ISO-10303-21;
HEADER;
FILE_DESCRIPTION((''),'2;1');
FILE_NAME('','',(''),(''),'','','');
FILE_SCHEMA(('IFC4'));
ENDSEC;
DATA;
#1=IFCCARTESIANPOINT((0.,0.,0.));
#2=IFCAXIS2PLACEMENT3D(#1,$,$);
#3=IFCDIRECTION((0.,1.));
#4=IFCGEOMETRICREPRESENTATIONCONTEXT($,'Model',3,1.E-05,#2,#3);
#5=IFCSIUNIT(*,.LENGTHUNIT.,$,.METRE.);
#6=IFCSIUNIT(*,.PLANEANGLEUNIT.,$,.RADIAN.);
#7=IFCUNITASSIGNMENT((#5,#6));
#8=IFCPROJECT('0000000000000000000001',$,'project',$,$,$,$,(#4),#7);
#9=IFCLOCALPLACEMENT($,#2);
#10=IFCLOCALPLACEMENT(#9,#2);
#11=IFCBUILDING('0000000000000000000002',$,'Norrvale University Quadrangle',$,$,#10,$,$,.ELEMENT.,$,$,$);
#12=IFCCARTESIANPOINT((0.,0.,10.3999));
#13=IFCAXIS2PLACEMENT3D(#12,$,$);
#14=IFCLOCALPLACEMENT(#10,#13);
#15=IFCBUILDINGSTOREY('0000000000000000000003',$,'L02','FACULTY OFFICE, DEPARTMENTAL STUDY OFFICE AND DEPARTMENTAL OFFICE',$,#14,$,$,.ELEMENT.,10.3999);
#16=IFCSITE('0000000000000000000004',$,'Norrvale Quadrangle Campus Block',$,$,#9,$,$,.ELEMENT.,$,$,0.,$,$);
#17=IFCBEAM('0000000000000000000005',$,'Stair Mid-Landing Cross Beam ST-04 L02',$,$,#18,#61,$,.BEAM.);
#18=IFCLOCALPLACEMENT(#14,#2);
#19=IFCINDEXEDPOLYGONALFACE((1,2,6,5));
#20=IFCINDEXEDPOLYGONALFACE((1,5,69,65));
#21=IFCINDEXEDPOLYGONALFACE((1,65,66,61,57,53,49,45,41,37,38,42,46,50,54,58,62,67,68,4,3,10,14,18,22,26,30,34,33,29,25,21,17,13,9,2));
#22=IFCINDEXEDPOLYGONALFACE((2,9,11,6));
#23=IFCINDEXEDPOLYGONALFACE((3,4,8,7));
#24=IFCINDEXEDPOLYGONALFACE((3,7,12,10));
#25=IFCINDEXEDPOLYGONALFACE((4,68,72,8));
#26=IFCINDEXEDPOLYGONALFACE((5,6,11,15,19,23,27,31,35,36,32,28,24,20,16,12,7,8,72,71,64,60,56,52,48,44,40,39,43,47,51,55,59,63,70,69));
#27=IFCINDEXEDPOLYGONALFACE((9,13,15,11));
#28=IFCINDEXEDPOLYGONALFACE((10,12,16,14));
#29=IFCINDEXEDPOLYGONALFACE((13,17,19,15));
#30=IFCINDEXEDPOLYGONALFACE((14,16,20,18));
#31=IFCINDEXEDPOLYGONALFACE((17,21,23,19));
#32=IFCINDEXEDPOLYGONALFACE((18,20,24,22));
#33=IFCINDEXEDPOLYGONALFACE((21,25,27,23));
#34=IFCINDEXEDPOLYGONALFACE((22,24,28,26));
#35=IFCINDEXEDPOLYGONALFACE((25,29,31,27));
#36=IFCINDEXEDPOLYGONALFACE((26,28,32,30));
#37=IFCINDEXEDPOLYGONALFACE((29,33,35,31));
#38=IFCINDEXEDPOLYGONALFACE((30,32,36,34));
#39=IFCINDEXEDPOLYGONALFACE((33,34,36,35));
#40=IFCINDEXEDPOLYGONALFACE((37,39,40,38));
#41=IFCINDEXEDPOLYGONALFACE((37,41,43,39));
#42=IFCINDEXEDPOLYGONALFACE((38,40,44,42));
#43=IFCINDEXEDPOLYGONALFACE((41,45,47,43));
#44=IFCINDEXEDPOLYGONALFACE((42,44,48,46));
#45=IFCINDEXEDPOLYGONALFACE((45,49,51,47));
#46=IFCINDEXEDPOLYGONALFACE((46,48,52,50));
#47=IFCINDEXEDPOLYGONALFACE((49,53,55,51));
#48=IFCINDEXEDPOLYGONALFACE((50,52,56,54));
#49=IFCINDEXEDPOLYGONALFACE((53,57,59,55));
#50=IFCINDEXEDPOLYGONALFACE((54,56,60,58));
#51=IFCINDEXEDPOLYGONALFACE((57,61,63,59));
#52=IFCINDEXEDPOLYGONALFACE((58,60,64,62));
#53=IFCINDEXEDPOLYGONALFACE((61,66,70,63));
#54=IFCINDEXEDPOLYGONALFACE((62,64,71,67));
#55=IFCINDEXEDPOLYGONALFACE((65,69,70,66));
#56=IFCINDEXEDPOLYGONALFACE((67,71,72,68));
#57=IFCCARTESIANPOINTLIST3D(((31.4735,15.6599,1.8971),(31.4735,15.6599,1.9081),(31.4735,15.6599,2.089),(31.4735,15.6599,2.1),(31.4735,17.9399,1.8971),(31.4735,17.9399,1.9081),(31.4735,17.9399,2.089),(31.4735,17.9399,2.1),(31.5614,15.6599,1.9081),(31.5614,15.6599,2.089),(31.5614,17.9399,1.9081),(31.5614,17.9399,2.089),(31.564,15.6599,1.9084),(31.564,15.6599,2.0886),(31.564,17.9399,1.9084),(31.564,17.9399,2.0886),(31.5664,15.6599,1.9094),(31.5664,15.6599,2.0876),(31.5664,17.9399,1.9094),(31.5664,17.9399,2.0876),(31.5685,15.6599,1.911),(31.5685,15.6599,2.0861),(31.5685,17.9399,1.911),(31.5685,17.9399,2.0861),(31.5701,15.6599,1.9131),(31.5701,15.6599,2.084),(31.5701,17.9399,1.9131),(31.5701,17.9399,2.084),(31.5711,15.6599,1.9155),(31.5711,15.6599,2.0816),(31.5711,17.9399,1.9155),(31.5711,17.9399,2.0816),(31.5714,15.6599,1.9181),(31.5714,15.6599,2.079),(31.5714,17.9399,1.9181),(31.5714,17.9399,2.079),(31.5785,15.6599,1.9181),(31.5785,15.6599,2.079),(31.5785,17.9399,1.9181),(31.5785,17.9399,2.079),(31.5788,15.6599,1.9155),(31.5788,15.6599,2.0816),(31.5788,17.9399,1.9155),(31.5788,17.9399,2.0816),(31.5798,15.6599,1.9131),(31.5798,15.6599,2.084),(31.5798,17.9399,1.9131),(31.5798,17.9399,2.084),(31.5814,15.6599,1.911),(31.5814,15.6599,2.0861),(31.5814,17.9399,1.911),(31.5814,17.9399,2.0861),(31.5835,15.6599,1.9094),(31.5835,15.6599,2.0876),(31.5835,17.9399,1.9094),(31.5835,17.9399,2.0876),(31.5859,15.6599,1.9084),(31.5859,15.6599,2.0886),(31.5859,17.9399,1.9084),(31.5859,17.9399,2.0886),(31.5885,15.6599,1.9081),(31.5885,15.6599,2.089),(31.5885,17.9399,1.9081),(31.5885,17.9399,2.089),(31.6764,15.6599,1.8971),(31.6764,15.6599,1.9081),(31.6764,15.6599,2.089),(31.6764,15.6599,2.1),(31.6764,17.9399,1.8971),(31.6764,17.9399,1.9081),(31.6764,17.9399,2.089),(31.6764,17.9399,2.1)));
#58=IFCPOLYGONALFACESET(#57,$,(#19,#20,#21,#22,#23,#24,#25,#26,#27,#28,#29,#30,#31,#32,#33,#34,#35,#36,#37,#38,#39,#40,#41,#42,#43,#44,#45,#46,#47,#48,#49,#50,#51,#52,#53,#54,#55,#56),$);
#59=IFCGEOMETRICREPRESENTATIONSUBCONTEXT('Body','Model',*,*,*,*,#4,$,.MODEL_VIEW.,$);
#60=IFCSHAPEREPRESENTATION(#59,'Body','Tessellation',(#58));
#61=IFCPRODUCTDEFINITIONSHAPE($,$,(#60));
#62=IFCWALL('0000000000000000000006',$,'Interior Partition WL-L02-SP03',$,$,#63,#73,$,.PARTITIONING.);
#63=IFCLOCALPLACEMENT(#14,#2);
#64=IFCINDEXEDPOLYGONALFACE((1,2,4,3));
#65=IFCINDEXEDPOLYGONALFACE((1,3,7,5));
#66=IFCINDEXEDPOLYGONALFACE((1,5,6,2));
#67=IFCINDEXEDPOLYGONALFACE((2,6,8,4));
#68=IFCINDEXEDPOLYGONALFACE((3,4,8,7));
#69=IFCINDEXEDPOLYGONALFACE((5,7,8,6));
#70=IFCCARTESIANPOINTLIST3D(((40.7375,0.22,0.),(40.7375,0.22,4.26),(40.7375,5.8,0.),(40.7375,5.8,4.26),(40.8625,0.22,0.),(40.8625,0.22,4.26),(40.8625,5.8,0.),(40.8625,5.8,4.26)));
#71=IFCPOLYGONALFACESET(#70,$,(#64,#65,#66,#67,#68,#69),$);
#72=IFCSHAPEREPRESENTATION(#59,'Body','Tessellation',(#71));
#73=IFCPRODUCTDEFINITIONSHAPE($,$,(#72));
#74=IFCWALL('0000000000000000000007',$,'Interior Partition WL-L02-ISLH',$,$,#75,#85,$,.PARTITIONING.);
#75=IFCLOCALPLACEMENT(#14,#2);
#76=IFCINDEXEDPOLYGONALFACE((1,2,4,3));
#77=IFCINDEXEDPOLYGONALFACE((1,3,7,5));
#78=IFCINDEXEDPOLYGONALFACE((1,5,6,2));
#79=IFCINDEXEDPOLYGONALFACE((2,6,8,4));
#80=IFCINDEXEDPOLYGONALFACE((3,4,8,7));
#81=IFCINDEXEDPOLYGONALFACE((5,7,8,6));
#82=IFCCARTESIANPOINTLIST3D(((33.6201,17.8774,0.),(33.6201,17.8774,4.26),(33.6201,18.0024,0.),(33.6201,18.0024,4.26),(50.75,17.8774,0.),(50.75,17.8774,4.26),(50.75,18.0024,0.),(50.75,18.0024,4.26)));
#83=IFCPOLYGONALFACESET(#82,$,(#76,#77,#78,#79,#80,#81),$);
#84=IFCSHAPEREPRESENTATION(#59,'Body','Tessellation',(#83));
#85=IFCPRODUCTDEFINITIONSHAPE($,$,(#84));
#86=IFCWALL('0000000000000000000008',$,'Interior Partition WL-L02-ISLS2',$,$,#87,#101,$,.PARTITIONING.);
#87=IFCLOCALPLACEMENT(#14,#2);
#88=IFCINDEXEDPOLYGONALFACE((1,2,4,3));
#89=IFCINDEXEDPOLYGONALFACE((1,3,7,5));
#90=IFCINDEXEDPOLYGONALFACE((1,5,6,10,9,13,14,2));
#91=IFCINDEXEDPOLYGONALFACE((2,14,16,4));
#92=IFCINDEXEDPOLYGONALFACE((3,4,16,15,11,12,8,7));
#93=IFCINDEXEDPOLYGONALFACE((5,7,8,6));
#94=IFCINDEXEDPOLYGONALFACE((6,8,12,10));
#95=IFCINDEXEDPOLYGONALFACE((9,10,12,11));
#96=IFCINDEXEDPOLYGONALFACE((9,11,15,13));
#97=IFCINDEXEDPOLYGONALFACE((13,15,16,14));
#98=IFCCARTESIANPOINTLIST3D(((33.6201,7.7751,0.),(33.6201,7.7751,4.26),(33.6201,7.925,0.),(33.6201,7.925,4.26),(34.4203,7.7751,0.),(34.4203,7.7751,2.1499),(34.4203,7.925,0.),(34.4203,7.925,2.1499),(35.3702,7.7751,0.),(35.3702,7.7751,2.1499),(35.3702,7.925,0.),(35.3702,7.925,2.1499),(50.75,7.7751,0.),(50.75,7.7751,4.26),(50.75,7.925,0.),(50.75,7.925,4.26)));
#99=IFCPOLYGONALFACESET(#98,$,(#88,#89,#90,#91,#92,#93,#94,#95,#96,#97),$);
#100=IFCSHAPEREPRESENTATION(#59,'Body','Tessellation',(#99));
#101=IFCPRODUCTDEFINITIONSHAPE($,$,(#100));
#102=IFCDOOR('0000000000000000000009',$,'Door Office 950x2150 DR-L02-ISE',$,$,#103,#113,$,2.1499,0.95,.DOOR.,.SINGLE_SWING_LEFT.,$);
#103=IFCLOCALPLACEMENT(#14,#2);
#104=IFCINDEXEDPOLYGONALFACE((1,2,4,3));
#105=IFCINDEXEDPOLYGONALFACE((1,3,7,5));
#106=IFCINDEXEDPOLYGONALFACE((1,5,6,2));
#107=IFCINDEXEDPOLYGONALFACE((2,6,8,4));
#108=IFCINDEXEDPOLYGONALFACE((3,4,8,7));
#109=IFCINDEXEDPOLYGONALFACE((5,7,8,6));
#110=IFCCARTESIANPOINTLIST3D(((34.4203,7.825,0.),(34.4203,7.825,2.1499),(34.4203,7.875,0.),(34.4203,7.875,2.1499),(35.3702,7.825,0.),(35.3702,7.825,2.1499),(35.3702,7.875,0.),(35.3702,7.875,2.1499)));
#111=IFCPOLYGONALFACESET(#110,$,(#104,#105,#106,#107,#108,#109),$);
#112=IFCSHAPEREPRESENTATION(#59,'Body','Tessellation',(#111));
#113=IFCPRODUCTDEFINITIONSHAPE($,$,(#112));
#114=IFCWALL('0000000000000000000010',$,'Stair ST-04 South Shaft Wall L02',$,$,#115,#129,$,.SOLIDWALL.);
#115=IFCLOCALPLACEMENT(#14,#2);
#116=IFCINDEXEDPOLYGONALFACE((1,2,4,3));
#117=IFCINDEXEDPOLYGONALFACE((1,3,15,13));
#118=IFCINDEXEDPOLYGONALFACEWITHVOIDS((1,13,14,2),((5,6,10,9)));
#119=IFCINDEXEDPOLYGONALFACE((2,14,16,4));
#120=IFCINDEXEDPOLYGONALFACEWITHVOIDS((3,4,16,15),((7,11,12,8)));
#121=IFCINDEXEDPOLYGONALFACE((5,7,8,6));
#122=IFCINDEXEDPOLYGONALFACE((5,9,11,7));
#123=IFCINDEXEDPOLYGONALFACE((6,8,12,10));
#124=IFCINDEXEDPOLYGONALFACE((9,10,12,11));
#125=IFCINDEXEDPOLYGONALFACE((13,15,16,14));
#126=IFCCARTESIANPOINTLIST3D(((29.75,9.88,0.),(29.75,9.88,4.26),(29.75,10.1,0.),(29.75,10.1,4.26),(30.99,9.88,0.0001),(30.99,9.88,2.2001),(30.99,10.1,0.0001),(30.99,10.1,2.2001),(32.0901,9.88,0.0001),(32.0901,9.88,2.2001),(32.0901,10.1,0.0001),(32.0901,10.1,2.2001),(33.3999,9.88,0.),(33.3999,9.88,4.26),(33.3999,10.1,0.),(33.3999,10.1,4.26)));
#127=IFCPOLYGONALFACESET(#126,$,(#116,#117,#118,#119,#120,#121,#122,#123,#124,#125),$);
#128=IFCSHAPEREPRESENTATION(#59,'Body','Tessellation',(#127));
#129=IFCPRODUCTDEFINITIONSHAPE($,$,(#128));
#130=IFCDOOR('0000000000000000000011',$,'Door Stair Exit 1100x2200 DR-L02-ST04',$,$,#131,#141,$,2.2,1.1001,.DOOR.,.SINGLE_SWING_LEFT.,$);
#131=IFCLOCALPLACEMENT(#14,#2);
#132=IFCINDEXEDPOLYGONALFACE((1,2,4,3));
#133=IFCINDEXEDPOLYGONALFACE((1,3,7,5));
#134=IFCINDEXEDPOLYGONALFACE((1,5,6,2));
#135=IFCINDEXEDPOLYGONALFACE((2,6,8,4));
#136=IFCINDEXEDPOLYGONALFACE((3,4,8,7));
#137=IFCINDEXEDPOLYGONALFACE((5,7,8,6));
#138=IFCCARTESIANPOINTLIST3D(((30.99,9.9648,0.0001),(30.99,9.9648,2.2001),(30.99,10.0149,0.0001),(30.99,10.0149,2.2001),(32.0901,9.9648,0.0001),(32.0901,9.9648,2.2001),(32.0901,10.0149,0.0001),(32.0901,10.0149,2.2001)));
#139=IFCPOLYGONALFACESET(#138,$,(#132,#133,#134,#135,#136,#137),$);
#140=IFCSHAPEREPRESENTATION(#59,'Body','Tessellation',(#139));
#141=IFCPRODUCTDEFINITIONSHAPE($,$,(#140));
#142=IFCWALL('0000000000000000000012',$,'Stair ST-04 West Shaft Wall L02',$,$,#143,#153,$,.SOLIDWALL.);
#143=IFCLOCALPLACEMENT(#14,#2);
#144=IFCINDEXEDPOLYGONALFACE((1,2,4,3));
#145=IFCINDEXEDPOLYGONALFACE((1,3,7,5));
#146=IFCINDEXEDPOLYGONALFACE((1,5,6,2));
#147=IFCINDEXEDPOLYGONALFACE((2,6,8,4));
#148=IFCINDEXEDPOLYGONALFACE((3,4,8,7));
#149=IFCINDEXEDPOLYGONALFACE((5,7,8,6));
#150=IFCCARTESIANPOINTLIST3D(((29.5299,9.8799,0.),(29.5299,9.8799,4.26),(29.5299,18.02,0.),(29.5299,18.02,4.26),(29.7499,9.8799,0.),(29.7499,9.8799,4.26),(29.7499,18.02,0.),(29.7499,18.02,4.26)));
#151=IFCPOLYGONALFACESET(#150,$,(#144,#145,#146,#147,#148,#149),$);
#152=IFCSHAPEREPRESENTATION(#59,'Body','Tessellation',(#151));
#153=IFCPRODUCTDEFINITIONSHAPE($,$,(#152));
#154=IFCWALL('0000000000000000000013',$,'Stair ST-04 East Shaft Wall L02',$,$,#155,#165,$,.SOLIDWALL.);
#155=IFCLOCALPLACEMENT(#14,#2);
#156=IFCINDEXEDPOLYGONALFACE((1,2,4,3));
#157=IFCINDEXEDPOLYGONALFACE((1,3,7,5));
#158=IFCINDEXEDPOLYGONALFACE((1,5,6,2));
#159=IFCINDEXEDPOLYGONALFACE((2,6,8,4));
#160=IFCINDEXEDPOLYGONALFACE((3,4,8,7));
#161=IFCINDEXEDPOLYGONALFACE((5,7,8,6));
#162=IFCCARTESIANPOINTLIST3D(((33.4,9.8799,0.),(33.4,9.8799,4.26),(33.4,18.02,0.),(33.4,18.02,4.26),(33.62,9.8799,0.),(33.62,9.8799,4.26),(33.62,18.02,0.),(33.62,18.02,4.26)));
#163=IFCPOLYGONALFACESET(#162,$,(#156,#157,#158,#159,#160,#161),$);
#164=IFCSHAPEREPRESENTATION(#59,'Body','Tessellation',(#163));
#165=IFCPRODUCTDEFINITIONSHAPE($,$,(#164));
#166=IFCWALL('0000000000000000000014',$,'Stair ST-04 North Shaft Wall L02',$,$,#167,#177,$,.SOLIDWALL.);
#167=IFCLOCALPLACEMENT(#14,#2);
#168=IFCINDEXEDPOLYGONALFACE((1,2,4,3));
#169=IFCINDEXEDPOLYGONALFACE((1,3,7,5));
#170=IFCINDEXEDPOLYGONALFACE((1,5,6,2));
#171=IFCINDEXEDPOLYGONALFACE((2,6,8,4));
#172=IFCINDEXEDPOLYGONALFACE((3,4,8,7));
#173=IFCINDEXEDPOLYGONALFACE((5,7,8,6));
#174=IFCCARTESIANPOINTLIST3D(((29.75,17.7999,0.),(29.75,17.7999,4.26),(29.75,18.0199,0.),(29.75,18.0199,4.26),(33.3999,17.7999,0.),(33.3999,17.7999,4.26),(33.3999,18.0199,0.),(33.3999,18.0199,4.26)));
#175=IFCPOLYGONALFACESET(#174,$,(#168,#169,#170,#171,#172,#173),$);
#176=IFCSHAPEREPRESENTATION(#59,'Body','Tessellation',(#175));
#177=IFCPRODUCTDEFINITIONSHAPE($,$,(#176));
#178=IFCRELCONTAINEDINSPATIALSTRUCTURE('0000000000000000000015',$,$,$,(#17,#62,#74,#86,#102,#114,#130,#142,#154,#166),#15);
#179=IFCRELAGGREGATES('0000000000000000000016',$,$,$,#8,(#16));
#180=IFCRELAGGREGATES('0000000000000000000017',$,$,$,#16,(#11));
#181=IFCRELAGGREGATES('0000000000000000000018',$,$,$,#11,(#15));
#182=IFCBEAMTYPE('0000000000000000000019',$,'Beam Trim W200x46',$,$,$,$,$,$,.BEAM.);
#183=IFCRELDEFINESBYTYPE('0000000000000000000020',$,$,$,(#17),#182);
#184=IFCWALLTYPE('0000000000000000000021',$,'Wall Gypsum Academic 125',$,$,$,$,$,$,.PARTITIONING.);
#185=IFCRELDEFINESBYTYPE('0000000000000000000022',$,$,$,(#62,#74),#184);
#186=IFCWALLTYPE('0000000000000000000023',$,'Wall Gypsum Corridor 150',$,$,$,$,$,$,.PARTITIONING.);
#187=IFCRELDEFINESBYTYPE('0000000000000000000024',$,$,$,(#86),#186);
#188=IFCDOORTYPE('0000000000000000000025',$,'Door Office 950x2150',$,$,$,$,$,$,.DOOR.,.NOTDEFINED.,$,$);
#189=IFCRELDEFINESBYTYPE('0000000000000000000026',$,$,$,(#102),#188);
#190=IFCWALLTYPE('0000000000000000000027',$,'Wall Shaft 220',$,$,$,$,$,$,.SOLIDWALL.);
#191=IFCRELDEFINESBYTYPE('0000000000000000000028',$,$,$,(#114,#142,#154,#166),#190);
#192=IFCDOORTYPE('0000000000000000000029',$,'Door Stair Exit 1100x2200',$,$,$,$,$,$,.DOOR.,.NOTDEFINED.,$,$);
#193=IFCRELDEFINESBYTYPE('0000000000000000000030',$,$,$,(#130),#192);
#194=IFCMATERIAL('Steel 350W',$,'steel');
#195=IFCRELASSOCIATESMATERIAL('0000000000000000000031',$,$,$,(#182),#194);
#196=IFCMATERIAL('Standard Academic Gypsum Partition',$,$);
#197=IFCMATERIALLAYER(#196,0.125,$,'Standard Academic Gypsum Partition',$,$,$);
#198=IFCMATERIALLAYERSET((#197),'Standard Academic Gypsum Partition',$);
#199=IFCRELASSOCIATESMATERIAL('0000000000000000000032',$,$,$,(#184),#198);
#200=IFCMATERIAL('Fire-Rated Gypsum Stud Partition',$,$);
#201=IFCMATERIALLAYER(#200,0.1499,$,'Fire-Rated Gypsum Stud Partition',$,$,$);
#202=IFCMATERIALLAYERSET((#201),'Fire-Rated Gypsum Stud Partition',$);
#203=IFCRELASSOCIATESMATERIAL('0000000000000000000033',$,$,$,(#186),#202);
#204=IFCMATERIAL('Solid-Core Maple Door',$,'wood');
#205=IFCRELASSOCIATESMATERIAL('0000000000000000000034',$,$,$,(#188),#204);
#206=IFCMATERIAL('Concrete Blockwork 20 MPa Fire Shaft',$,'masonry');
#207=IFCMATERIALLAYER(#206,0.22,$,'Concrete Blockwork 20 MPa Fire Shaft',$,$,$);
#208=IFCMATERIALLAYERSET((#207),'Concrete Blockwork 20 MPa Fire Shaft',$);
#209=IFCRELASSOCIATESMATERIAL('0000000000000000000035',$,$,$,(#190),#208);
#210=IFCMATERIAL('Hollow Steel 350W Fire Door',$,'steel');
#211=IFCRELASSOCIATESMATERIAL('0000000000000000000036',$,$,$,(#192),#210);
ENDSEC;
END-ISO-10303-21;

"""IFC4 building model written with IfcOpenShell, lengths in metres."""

from ifc_helpers import new_model, si_unit, direction, frame, frame_2d, origin, origin_2d, place, context, subcontext, project, spatial, rectangle, i_section, extrude, material, layer, layer_set, material_profile, profile_set, type_object, element, fill, save


model = new_model("IFC4")

# Units and contexts
model_context = context("Model", 3, precision=1e-05, world=origin(), true_north=direction((0.0, 1.0)))
body_context = subcontext(model_context, "Body", "Model", "MODEL_VIEW")
ifc_project = project(units=[si_unit("LENGTHUNIT", "METRE"), si_unit("PLANEANGLEUNIT", "RADIAN")], contexts=[model_context])

# Site, building, storey
site_placement = place(None, origin())
site = spatial("IfcSite", under=ifc_project, at=site_placement, Name="Norrvale Quadrangle Campus Block", CompositionType="ELEMENT", RefElevation=0.0)
building_placement = place(site_placement, origin())
building = spatial("IfcBuilding", under=site, at=building_placement, Name="Norrvale University Quadrangle", CompositionType="ELEMENT")
storey_placement = place(building_placement, frame((0.0, 0.0, 10.3999)))
storey = spatial("IfcBuildingStorey", under=building, at=storey_placement, Name="L02", Description="FACULTY OFFICE, DEPARTMENTAL STUDY OFFICE AND DEPARTMENTAL OFFICE", CompositionType="ELEMENT", Elevation=10.3999)

# Beam
ifc_material_1 = material(Name="Steel 350W", Category="steel")
ifc_material_profile_1 = material_profile(ifc_material_1, i_section(OverallWidth=0.2029, OverallDepth=0.2029, WebThickness=0.0071, FlangeThickness=0.011, FilletRadius=0.01, at=origin_2d()), Name="Steel 350W")
ifc_profile_set_1 = profile_set([ifc_material_profile_1], Name="Steel 350W")
beam_type_1 = type_object("IfcBeamType", Name="Beam Trim W200x46", PredefinedType="BEAM", material=ifc_profile_set_1)
beam_1_placement = place(storey_placement, frame((31.575, 15.6599, 1.9985), z_axis=(0.0, 1.0, 0.0), x_axis=(-1.0, 0.0, 0.0)))
element("IfcBeam", 1, at=beam_1_placement, inside=storey, type_object=beam_type_1, Name="Stair Mid-Landing Cross Beam ST-04 L02", PredefinedType="BEAM", context=body_context, shape_type="SweptSolid", body=[
    extrude(i_section(OverallWidth=0.2029, OverallDepth=0.2029, WebThickness=0.0071, FlangeThickness=0.011, FilletRadius=0.01, at=origin_2d()), origin(), (0.0, 0.0, 1.0), 2.28),
])

# Walls
ifc_material_2 = material(Name="Standard Academic Gypsum Partition")
ifc_layer_1 = layer(ifc_material_2, 0.125, Name="Standard Academic Gypsum Partition")
ifc_layer_set_1 = layer_set([ifc_layer_1], Name="Standard Academic Gypsum Partition")
wall_type_1 = type_object("IfcWallType", Name="Wall Gypsum Academic 125", PredefinedType="PARTITIONING", material=ifc_layer_set_1)
wall_1_placement = place(storey_placement, frame((40.8, 0.22, 0.0), z_axis=(0.0, 0.0, 1.0), x_axis=(0.0, 1.0, 0.0)))
element("IfcWall", 2, at=wall_1_placement, inside=storey, type_object=wall_type_1, Name="Interior Partition WL-L02-SP03", PredefinedType="PARTITIONING", context=body_context, shape_type="SweptSolid", body=[
    extrude(rectangle(XDim=5.5801, YDim=0.125, at=frame_2d((2.79, 0.0))), origin(), (0.0, 0.0, 1.0), 4.26),
])
wall_2_placement = place(storey_placement, frame((33.6201, 17.9399, 0.0), z_axis=(0.0, 0.0, 1.0), x_axis=(1.0, 0.0, 0.0)))
element("IfcWall", 3, at=wall_2_placement, inside=storey, type_object=wall_type_1, Name="Interior Partition WL-L02-ISLH", PredefinedType="PARTITIONING", context=body_context, shape_type="SweptSolid", body=[
    extrude(rectangle(XDim=17.1299, YDim=0.125, at=frame_2d((8.5649, 0.0))), origin(), (0.0, 0.0, 1.0), 4.26),
])

# Walls, openings, doors
ifc_material_3 = material(Name="Fire-Rated Gypsum Stud Partition")
ifc_layer_2 = layer(ifc_material_3, 0.1499, Name="Fire-Rated Gypsum Stud Partition")
ifc_layer_set_2 = layer_set([ifc_layer_2], Name="Fire-Rated Gypsum Stud Partition")
wall_type_2 = type_object("IfcWallType", Name="Wall Gypsum Corridor 150", PredefinedType="PARTITIONING", material=ifc_layer_set_2)
wall_3_placement = place(storey_placement, frame((33.6201, 7.8501, 0.0), z_axis=(0.0, 0.0, 1.0), x_axis=(1.0, 0.0, 0.0)))
wall_3 = element("IfcWall", 4, at=wall_3_placement, inside=storey, type_object=wall_type_2, Name="Interior Partition WL-L02-ISLS2", PredefinedType="PARTITIONING", context=body_context, shape_type="SweptSolid", body=[
    extrude(rectangle(XDim=17.1299, YDim=0.1499, at=frame_2d((8.5649, 0.0))), origin(), (0.0, 0.0, 1.0), 4.26),
])
opening_1_placement = place(wall_3_placement, frame((0.8, 0.0, 0.0)))
opening_1 = element("IfcOpeningElement", 5, at=opening_1_placement, cuts=wall_3, PredefinedType="OPENING", context=body_context, shape_type="SweptSolid", body=[
    extrude(rectangle(XDim=0.95, YDim=2.1499, at=frame_2d((0.4751, 1.075))), frame((0.0, 0.0869, 0.0), z_axis=(0.0, -1.0, 0.0), x_axis=(1.0, 0.0, 0.0)), (0.0, 0.0, 1.0), 0.1738),
])
ifc_material_4 = material(Name="Solid-Core Maple Door", Category="wood")
door_type_1 = type_object("IfcDoorType", Name="Door Office 950x2150", OperationType="NOTDEFINED", PredefinedType="DOOR", material=ifc_material_4)
door_1_placement = place(opening_1_placement, origin())
door_1 = element("IfcDoor", 6, at=door_1_placement, inside=storey, type_object=door_type_1, Name="Door Office 950x2150 DR-L02-ISE", OperationType="SINGLE_SWING_LEFT", OverallHeight=2.1499, OverallWidth=0.95, PredefinedType="DOOR", context=body_context, shape_type="SweptSolid", body=[
    extrude(rectangle(XDim=0.95, YDim=2.1499, at=frame_2d((0.4751, 1.075))), frame((0.0, 0.0249, 0.0), z_axis=(0.0, -1.0, 0.0), x_axis=(1.0, 0.0, 0.0)), (0.0, 0.0, 1.0), 0.05),
])
fill(opening_1, door_1)
ifc_material_5 = material(Name="Concrete Blockwork 20 MPa Fire Shaft", Category="masonry")
ifc_layer_3 = layer(ifc_material_5, 0.22, Name="Concrete Blockwork 20 MPa Fire Shaft")
ifc_layer_set_3 = layer_set([ifc_layer_3], Name="Concrete Blockwork 20 MPa Fire Shaft")
wall_type_3 = type_object("IfcWallType", Name="Wall Shaft 220", PredefinedType="SOLIDWALL", material=ifc_layer_set_3)
wall_4_placement = place(storey_placement, frame((29.75, 9.99, 0.0), z_axis=(0.0, 0.0, 1.0), x_axis=(1.0, 0.0, 0.0)))
wall_4 = element("IfcWall", 7, at=wall_4_placement, inside=storey, type_object=wall_type_3, Name="Stair ST-04 South Shaft Wall L02", PredefinedType="SOLIDWALL", context=body_context, shape_type="SweptSolid", body=[
    extrude(rectangle(XDim=3.6499, YDim=0.22, at=frame_2d((1.825, 0.0))), origin(), (0.0, 0.0, 1.0), 4.26),
])
opening_2_placement = place(wall_4_placement, frame((1.24, 0.0, 0.0)))
opening_2 = element("IfcOpeningElement", 8, at=opening_2_placement, cuts=wall_4, PredefinedType="OPENING", context=body_context, shape_type="SweptSolid", body=[
    extrude(rectangle(XDim=1.1001, YDim=2.2, at=frame_2d((0.55, 1.1001))), frame((0.0, 0.1221, 0.0), z_axis=(0.0, -1.0, 0.0), x_axis=(1.0, 0.0, 0.0)), (0.0, 0.0, 1.0), 0.2439),
])
ifc_material_6 = material(Name="Hollow Steel 350W Fire Door", Category="steel")
door_type_2 = type_object("IfcDoorType", Name="Door Stair Exit 1100x2200", OperationType="NOTDEFINED", PredefinedType="DOOR", material=ifc_material_6)
door_2_placement = place(opening_2_placement, origin())
door_2 = element("IfcDoor", 9, at=door_2_placement, inside=storey, type_object=door_type_2, Name="Door Stair Exit 1100x2200 DR-L02-ST04", OperationType="SINGLE_SWING_LEFT", OverallHeight=2.2, OverallWidth=1.1001, PredefinedType="DOOR", context=body_context, shape_type="SweptSolid", body=[
    extrude(rectangle(XDim=1.1001, YDim=2.2, at=frame_2d((0.55, 1.1001))), frame((0.0, 0.0249, 0.0), z_axis=(0.0, -1.0, 0.0), x_axis=(1.0, 0.0, 0.0)), (0.0, 0.0, 1.0), 0.05),
])
fill(opening_2, door_2)

# Walls
for number, where, z_axis, x_axis, name in (
    (10, (29.6399, 9.8799, 0.0), (0.0, 0.0, 1.0), (0.0, 1.0, 0.0), "Stair ST-04 West Shaft Wall L02"),
    (11, (33.51, 9.8799, 0.0), (0.0, 0.0, 1.0), (0.0, 1.0, 0.0), "Stair ST-04 East Shaft Wall L02"),
):
    element("IfcWall", number, at=place(storey_placement, frame(where, z_axis=z_axis, x_axis=x_axis)), inside=storey, type_object=wall_type_3, Name=name, PredefinedType="SOLIDWALL", context=body_context, shape_type="SweptSolid", body=[
        extrude(rectangle(XDim=8.1401, YDim=0.22, at=frame_2d((4.0701, 0.0))), origin(), (0.0, 0.0, 1.0), 4.26),
    ])
wall_5_placement = place(storey_placement, frame((29.75, 17.9099, 0.0), z_axis=(0.0, 0.0, 1.0), x_axis=(1.0, 0.0, 0.0)))
element("IfcWall", 12, at=wall_5_placement, inside=storey, type_object=wall_type_3, Name="Stair ST-04 North Shaft Wall L02", PredefinedType="SOLIDWALL", context=body_context, shape_type="SweptSolid", body=[
    extrude(rectangle(XDim=3.6499, YDim=0.22, at=frame_2d((1.825, 0.0))), origin(), (0.0, 0.0, 1.0), 4.26),
])

save(model, "model.ifc")
